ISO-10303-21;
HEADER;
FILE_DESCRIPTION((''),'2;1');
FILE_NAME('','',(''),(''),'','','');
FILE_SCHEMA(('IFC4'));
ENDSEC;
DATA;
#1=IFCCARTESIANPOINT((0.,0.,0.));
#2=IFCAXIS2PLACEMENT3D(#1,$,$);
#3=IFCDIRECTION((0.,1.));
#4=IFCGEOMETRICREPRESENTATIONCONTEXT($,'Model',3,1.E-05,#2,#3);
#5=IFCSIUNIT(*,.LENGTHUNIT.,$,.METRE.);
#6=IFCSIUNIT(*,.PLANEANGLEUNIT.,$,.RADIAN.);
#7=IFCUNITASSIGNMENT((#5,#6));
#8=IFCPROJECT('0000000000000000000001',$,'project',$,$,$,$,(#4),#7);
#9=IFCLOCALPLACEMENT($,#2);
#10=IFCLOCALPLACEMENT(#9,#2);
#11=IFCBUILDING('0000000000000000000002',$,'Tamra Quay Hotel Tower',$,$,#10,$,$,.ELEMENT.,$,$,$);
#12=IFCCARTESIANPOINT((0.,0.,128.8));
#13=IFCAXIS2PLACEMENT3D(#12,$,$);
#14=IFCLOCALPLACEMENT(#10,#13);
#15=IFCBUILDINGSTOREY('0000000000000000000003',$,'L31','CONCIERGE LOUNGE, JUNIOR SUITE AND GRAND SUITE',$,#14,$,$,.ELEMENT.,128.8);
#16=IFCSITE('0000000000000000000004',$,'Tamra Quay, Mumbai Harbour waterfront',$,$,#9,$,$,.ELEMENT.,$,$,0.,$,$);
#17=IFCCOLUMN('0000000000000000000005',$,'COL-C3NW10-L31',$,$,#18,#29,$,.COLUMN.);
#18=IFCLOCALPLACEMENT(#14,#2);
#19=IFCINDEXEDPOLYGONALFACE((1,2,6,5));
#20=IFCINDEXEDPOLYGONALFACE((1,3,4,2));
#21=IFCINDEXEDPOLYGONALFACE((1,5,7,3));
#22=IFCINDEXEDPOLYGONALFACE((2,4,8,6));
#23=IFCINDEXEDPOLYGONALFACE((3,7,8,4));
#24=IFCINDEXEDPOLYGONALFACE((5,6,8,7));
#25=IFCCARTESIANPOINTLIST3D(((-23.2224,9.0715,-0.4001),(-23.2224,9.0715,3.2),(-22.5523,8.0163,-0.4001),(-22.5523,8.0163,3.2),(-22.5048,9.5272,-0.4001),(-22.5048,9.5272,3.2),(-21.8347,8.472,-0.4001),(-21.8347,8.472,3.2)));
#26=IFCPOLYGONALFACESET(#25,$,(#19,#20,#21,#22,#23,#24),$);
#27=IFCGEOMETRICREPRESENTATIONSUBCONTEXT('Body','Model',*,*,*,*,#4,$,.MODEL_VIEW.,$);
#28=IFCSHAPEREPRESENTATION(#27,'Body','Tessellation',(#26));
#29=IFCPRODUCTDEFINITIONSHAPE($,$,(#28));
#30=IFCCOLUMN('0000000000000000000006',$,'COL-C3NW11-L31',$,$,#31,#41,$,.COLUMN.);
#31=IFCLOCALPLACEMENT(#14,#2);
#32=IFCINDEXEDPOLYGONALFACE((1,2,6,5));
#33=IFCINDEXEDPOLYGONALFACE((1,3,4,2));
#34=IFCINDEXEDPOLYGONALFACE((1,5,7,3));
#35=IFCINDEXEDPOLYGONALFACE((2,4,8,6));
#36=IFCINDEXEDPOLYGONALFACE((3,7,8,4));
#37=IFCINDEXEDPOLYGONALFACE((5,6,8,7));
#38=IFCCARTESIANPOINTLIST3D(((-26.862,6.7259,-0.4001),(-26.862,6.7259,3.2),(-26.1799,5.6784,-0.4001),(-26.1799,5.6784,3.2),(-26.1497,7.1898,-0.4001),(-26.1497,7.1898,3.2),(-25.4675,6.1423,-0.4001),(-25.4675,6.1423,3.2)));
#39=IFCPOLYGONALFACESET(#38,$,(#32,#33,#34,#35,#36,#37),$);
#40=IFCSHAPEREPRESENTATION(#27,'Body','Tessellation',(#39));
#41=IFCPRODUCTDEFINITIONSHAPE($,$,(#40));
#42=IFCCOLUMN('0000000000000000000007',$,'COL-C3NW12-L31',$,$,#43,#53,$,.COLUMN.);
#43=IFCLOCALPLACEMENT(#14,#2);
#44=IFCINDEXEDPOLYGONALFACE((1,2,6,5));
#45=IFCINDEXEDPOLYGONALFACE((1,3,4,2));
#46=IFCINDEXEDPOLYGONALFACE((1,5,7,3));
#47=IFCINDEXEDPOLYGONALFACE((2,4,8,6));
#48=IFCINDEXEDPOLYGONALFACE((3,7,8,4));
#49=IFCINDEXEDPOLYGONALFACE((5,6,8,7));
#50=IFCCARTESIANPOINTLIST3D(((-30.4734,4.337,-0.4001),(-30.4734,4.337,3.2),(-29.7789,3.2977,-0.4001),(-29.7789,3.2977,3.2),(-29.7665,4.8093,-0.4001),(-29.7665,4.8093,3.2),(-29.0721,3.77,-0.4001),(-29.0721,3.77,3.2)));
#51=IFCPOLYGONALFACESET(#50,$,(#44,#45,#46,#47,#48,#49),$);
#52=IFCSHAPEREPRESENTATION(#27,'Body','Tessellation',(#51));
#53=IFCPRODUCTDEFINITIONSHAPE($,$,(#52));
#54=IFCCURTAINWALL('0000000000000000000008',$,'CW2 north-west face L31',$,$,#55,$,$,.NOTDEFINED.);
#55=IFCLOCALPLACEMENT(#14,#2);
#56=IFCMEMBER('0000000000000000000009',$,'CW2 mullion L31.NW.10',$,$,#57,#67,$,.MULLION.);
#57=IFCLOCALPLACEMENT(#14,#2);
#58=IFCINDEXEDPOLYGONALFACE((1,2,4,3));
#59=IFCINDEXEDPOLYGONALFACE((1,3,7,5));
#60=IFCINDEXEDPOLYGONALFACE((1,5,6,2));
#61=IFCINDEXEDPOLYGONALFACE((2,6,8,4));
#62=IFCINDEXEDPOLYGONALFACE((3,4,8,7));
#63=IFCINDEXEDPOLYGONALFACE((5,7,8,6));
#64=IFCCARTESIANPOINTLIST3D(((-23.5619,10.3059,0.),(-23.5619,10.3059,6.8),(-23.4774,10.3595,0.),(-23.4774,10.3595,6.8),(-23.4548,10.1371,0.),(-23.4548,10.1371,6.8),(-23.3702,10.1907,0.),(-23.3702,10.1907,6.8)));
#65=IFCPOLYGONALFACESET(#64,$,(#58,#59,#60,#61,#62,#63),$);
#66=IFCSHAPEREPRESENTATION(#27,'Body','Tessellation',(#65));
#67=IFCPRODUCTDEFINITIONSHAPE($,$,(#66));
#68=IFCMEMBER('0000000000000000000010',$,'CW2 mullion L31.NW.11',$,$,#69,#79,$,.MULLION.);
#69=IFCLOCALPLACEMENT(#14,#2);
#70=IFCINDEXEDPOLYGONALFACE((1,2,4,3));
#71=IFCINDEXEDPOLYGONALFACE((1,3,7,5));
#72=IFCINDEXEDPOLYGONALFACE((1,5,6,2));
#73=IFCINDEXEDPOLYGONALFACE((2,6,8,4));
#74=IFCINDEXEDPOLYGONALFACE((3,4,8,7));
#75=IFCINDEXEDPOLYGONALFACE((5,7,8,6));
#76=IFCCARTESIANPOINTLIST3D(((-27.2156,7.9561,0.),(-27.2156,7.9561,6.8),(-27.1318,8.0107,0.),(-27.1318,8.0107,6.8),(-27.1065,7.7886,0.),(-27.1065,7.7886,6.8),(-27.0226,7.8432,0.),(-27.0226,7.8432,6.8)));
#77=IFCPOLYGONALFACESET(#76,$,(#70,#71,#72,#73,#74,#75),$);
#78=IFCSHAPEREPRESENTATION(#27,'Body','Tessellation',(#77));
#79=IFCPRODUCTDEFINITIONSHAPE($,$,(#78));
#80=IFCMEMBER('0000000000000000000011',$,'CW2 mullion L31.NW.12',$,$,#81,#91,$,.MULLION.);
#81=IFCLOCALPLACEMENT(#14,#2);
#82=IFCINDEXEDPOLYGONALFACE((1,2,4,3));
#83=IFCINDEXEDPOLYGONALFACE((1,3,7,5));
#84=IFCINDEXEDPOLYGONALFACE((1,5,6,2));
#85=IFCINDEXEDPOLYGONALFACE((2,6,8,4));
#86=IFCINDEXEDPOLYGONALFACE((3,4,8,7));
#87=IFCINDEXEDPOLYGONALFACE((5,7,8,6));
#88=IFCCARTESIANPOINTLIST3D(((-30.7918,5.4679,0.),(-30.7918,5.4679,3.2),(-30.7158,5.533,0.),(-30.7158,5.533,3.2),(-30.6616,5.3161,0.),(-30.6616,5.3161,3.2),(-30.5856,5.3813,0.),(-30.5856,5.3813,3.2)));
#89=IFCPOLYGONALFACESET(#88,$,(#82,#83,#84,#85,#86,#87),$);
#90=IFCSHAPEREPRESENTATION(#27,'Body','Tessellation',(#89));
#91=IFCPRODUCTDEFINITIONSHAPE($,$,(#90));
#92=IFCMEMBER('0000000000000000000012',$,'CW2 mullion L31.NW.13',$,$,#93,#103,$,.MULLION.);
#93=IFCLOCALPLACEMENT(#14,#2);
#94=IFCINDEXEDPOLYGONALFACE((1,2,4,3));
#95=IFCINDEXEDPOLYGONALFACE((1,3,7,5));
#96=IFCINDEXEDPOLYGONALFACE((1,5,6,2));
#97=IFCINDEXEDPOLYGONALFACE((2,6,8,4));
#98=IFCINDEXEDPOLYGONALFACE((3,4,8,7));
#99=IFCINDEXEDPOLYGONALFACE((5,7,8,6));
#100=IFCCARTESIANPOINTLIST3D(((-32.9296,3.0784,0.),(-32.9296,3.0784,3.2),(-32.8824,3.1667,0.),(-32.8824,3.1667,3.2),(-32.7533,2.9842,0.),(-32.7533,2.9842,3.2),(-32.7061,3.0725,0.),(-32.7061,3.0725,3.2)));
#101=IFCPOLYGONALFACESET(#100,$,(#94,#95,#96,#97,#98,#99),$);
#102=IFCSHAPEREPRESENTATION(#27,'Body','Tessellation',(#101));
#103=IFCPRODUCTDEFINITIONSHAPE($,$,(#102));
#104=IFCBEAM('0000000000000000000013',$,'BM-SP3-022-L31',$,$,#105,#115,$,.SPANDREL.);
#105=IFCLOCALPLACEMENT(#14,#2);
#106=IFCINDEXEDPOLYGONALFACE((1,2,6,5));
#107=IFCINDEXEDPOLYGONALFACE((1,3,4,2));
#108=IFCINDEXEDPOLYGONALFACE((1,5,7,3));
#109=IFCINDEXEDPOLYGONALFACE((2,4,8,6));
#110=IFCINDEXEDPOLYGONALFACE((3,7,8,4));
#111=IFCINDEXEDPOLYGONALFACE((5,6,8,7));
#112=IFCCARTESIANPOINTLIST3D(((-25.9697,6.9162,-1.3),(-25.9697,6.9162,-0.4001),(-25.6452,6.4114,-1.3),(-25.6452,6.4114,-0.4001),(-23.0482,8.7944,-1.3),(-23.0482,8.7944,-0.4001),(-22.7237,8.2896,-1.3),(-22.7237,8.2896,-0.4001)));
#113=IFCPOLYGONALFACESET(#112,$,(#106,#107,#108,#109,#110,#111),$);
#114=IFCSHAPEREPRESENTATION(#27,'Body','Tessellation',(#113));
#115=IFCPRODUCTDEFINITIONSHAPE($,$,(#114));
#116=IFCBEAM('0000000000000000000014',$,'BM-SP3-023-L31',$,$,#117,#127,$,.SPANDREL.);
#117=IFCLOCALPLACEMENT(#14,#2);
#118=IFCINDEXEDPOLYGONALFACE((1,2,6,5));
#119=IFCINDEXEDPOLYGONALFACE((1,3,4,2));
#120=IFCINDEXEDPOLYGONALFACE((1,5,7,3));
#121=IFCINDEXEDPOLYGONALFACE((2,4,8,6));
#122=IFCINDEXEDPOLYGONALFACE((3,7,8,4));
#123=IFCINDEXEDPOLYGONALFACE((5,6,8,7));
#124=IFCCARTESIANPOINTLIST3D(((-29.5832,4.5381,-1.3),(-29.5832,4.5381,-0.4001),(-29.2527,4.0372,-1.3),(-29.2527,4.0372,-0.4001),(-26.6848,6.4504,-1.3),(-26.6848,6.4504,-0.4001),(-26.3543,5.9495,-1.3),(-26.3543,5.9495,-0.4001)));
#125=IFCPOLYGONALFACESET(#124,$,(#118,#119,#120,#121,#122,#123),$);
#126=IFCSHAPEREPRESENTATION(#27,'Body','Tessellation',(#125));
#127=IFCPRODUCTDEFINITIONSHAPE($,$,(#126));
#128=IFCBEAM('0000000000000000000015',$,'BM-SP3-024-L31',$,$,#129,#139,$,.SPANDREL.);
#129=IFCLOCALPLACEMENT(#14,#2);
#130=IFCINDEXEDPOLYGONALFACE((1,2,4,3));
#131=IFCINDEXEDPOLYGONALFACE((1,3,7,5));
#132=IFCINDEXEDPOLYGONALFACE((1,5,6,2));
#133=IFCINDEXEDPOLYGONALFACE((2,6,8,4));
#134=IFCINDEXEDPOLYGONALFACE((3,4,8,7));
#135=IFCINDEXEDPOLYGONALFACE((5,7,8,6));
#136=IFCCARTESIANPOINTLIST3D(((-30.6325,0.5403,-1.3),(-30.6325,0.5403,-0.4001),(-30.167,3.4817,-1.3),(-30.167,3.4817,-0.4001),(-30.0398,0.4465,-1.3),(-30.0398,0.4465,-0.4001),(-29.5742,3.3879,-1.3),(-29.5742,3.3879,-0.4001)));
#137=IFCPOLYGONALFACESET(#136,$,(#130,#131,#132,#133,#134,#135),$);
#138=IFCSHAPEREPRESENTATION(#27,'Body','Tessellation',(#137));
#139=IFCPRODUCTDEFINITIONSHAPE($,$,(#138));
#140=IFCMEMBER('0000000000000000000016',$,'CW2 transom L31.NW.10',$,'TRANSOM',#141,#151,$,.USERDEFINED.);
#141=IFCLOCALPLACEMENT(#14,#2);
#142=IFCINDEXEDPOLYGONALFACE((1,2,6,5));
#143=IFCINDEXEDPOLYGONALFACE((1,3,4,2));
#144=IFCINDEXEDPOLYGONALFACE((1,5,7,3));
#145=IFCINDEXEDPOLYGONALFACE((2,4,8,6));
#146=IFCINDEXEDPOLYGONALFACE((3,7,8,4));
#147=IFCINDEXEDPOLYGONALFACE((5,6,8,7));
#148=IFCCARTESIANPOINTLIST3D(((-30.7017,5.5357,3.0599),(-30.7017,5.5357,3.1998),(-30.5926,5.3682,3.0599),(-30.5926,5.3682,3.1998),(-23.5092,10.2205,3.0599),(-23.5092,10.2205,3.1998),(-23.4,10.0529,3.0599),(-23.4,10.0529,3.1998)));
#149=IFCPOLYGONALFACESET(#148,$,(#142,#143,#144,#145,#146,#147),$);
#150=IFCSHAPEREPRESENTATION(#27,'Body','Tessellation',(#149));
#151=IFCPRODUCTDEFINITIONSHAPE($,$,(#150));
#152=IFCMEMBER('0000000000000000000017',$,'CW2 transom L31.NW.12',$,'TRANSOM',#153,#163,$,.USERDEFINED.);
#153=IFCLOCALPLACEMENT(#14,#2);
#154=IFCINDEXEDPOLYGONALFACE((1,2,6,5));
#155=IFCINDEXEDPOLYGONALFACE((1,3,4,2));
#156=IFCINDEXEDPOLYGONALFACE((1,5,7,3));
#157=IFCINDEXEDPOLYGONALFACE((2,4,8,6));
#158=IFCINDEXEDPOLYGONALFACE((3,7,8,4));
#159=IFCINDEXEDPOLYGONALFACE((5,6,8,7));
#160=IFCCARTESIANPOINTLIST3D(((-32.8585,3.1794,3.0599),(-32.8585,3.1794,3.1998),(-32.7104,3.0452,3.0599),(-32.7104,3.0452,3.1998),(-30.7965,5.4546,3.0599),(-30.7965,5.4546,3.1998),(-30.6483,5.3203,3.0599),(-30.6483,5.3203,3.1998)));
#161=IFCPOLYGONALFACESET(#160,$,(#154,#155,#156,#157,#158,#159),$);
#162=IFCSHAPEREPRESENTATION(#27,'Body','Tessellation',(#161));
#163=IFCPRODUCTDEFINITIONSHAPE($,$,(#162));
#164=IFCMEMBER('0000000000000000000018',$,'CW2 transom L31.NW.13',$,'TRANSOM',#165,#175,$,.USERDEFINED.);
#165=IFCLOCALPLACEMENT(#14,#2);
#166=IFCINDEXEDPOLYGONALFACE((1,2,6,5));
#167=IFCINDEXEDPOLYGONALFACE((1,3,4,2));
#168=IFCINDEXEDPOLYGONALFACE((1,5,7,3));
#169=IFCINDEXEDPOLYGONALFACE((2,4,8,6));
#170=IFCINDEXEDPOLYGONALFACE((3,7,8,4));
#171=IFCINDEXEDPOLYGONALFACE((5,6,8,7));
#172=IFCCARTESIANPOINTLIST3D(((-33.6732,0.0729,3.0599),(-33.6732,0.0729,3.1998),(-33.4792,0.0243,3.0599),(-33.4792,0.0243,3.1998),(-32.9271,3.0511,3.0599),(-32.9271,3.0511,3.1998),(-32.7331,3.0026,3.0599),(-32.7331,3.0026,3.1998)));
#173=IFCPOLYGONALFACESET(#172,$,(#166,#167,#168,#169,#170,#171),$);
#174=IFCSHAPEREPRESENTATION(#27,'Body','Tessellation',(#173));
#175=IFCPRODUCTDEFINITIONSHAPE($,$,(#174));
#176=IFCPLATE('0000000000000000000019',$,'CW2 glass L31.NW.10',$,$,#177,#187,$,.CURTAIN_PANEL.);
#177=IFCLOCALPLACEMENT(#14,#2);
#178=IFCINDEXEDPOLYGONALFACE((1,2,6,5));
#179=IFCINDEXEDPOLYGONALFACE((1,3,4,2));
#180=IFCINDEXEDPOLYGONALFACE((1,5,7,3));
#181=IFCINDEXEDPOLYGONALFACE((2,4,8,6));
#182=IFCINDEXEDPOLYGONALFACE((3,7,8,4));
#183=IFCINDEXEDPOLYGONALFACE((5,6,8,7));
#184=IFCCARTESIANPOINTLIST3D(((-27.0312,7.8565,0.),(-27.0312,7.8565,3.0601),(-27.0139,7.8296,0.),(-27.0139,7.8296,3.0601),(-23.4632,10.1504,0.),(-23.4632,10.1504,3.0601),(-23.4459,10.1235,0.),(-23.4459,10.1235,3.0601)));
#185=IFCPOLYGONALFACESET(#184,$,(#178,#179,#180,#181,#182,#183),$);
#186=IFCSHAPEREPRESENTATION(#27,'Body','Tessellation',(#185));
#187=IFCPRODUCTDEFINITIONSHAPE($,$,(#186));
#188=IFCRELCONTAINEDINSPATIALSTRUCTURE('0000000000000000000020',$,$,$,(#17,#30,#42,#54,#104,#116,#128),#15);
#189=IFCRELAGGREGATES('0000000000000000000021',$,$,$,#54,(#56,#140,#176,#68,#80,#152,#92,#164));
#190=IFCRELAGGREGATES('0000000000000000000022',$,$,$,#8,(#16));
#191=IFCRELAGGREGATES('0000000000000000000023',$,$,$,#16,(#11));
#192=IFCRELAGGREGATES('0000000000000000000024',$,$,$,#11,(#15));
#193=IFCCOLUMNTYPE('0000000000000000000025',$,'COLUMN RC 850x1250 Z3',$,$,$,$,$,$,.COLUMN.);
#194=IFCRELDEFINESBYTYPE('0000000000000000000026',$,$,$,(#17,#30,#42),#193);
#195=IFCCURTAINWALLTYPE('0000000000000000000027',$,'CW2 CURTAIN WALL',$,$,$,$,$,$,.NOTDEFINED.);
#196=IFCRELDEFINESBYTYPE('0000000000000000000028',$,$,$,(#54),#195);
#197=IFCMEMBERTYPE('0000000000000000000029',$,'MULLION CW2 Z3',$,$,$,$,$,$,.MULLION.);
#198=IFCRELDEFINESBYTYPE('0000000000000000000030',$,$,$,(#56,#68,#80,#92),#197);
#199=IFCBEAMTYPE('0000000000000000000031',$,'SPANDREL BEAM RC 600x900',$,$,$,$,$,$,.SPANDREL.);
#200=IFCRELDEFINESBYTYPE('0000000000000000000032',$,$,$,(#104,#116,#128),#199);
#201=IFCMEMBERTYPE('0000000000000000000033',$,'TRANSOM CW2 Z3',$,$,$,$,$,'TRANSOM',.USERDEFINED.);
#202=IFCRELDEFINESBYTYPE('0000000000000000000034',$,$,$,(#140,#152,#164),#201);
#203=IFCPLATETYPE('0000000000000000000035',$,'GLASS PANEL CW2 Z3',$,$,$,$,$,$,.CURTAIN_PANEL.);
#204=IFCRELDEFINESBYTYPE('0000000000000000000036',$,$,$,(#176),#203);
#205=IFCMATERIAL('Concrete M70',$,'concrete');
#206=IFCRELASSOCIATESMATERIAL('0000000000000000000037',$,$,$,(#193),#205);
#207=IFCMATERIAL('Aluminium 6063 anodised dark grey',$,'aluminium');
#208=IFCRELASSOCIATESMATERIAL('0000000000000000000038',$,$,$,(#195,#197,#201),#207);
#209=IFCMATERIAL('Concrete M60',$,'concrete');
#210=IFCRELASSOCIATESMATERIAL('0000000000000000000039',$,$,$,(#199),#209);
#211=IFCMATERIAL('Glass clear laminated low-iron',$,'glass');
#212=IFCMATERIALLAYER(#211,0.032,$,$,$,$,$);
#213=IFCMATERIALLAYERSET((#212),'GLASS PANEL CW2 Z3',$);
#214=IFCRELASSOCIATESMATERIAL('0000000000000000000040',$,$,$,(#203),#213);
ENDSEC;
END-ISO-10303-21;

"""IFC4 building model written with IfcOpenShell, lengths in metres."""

from ifc_helpers import new_model, si_unit, direction, frame, origin, origin_2d, place, context, subcontext, project, spatial, rectangle, extrude, material, layer, layer_set, material_profile, profile_set, type_object, element, aggregate, save


model = new_model("IFC4")

# Units and contexts
model_context = context("Model", 3, precision=1e-05, world=origin(), true_north=direction((0.0, 1.0)))
body_context = subcontext(model_context, "Body", "Model", "MODEL_VIEW")
ifc_project = project(units=[si_unit("LENGTHUNIT", "METRE"), si_unit("PLANEANGLEUNIT", "RADIAN")], contexts=[model_context])

# Site, building, storey
site_placement = place(None, origin())
site = spatial("IfcSite", under=ifc_project, at=site_placement, Name="Tamra Quay, Mumbai Harbour waterfront", CompositionType="ELEMENT", RefElevation=0.0)
building_placement = place(site_placement, origin())
building = spatial("IfcBuilding", under=site, at=building_placement, Name="Tamra Quay Hotel Tower", CompositionType="ELEMENT")
storey_placement = place(building_placement, frame((0.0, 0.0, 128.8)))
storey = spatial("IfcBuildingStorey", under=building, at=storey_placement, Name="L31", Description="CONCIERGE LOUNGE, JUNIOR SUITE AND GRAND SUITE", CompositionType="ELEMENT", Elevation=128.8)

# Columns
ifc_material_1 = material(Name="Concrete M70", Category="concrete")
ifc_material_profile_1 = material_profile(ifc_material_1, rectangle(XDim=1.25, YDim=0.8501, at=origin_2d()), Name="COLUMN RC 850x1250 Z3")
ifc_profile_set_1 = profile_set([ifc_material_profile_1], Name="Concrete M70")
column_type = type_object("IfcColumnType", Name="COLUMN RC 850x1250 Z3", PredefinedType="COLUMN", material=ifc_profile_set_1)
for number, where, z_axis, x_axis, name in (
    (1, (-22.5286, 8.7717, -0.4001), (0.0, 0.0, 1.0), (-0.536102, 0.844153, 0.0), "COL-C3NW10-L31"),
    (2, (-26.1648, 6.4341, -0.4001), (0.0, 0.0, 1.0), (-0.545703, 0.837979, 0.0), "COL-C3NW11-L31"),
    (3, (-29.7727, 4.0535, -0.4001), (0.0, 0.0, 1.0), (-0.555583, 0.831461, 0.0), "COL-C3NW12-L31"),
):
    element("IfcColumn", number, at=place(storey_placement, frame(where, z_axis=z_axis, x_axis=x_axis)), inside=storey, type_object=column_type, Name=name, PredefinedType="COLUMN", context=body_context, shape_type="SweptSolid", body=[
        extrude(rectangle(XDim=1.25, YDim=0.8501, at=origin_2d()), origin(), (0.0, 0.0, 1.0), 3.6001),
    ])

# Curtain wall, members
ifc_material_2 = material(Name="Aluminium 6063 anodised dark grey", Category="aluminium")
curtain_wall_type = type_object("IfcCurtainWallType", Name="CW2 CURTAIN WALL", PredefinedType="NOTDEFINED", material=ifc_material_2)
curtain_wall_placement = place(storey_placement, origin())
curtain_wall = element("IfcCurtainWall", 4, at=curtain_wall_placement, inside=storey, type_object=curtain_wall_type, Name="CW2 north-west face L31", PredefinedType="NOTDEFINED")
ifc_material_profile_2 = material_profile(ifc_material_2, rectangle(XDim=0.2, YDim=0.1001, at=origin_2d()), Name="MULLION 100X200")
ifc_profile_set_2 = profile_set([ifc_material_profile_2], Name="Aluminium 6063 anodised dark grey")
member_type_1 = type_object("IfcMemberType", Name="MULLION CW2 Z3", PredefinedType="MULLION", material=ifc_profile_set_2)
member_1_placement = place(storey_placement, frame((-23.4661, 10.2483, 0.0), z_axis=(0.0, 0.0, 1.0), x_axis=(-0.53576, 0.84437, 0.0)))
member_1 = element("IfcMember", 5, at=member_1_placement, type_object=member_type_1, Name="CW2 mullion L31.NW.10", PredefinedType="MULLION", context=body_context, shape_type="SweptSolid", body=[
    extrude(rectangle(XDim=0.2, YDim=0.1001, at=origin_2d()), origin(), (0.0, 0.0, 1.0), 6.8),
])
member_2_placement = place(storey_placement, frame((-27.1191, 7.8997, 0.0), z_axis=(0.0, 0.0, 1.0), x_axis=(-0.54578, 0.837928, 0.0)))
member_2 = element("IfcMember", 6, at=member_2_placement, type_object=member_type_1, Name="CW2 mullion L31.NW.11", PredefinedType="MULLION", context=body_context, shape_type="SweptSolid", body=[
    extrude(rectangle(XDim=0.2, YDim=0.1001, at=origin_2d()), origin(), (0.0, 0.0, 1.0), 6.8),
])
member_3_placement = place(storey_placement, frame((-30.6887, 5.4246, 0.0), z_axis=(0.0, 0.0, 1.0), x_axis=(-0.650989, 0.759087, 0.0)))
member_3 = element("IfcMember", 7, at=member_3_placement, type_object=member_type_1, Name="CW2 mullion L31.NW.12", PredefinedType="MULLION", context=body_context, shape_type="SweptSolid", body=[
    extrude(rectangle(XDim=0.2, YDim=0.1001, at=origin_2d()), origin(), (0.0, 0.0, 1.0), 3.2),
])
member_4_placement = place(storey_placement, frame((-32.8179, 3.0754, 0.0), z_axis=(0.0, 0.0, 1.0), x_axis=(-0.881925, 0.471389, 0.0)))
member_4 = element("IfcMember", 8, at=member_4_placement, type_object=member_type_1, Name="CW2 mullion L31.NW.13", PredefinedType="MULLION", context=body_context, shape_type="SweptSolid", body=[
    extrude(rectangle(XDim=0.2, YDim=0.1001, at=origin_2d()), origin(), (0.0, 0.0, 1.0), 3.2),
])

# Beams
ifc_material_3 = material(Name="Concrete M60", Category="concrete")
ifc_material_profile_3 = material_profile(ifc_material_3, rectangle(XDim=0.6001, YDim=0.8999, at=origin_2d()), Name="SPANDREL BEAM RC 600x900")
ifc_profile_set_3 = profile_set([ifc_material_profile_3], Name="Concrete M60")
beam_type = type_object("IfcBeamType", Name="SPANDREL BEAM RC 600x900", PredefinedType="SPANDREL", material=ifc_profile_set_3)
beam_1_placement = place(storey_placement, frame((-22.886, 8.542, -0.8501), z_axis=(-0.84116, -0.540786, 0.0), x_axis=(0.540786, -0.84116, 0.0)))
element("IfcBeam", 9, at=beam_1_placement, inside=storey, type_object=beam_type, Name="BM-SP3-022-L31", PredefinedType="SPANDREL", context=body_context, shape_type="SweptSolid", body=[
    extrude(rectangle(XDim=0.6001, YDim=0.8999, at=origin_2d()), origin(), (0.0, 0.0, 1.0), 3.4731),
])
beam_2_placement = place(storey_placement, frame((-26.5195, 6.2, -0.8501), z_axis=(-0.834691, -0.550719, 0.0), x_axis=(0.550719, -0.834691, 0.0)))
element("IfcBeam", 10, at=beam_2_placement, inside=storey, type_object=beam_type, Name="BM-SP3-023-L31", PredefinedType="SPANDREL", context=body_context, shape_type="SweptSolid", body=[
    extrude(rectangle(XDim=0.6001, YDim=0.8999, at=origin_2d()), origin(), (0.0, 0.0, 1.0), 3.4724),
])
beam_3_placement = place(storey_placement, frame((-29.8706, 3.4348, -0.8501), z_axis=(-0.156337, -0.987704, 0.0), x_axis=(0.987704, -0.156337, 0.0)))
element("IfcBeam", 11, at=beam_3_placement, inside=storey, type_object=beam_type, Name="BM-SP3-024-L31", PredefinedType="SPANDREL", context=body_context, shape_type="SweptSolid", body=[
    extrude(rectangle(XDim=0.6001, YDim=0.8999, at=origin_2d()), origin(), (0.0, 0.0, 1.0), 2.978),
])

# Members
ifc_material_profile_4 = material_profile(ifc_material_2, rectangle(XDim=0.2, YDim=0.1399, at=origin_2d()), Name="TRANSOM 200X140")
ifc_profile_set_4 = profile_set([ifc_material_profile_4], Name="Aluminium 6063 anodised dark grey")
member_type_2 = type_object("IfcMemberType", Name="TRANSOM CW2 Z3", ElementType="TRANSOM", PredefinedType="USERDEFINED", material=ifc_profile_set_4)
member_5_placement = place(storey_placement, frame((-23.4546, 10.1367, 3.1299), z_axis=(-0.837932, -0.545775, 0.0), x_axis=(0.545775, -0.837932, 0.0)))
member_5 = element("IfcMember", 12, at=member_5_placement, type_object=member_type_2, Name="CW2 transom L31.NW.10", ObjectType="TRANSOM", PredefinedType="USERDEFINED", context=body_context, shape_type="SweptSolid", body=[
    extrude(rectangle(XDim=0.2, YDim=0.1399, at=origin_2d()), origin(), (0.0, 0.0, 1.0), 8.5837),
])
member_6_placement = place(storey_placement, frame((-30.7224, 5.3875, 3.1299), z_axis=(-0.671548, -0.740961, 0.0), x_axis=(0.740961, -0.671548, 0.0)))
member_6 = element("IfcMember", 13, at=member_6_placement, type_object=member_type_2, Name="CW2 transom L31.NW.12", ObjectType="TRANSOM", PredefinedType="USERDEFINED", context=body_context, shape_type="SweptSolid", body=[
    extrude(rectangle(XDim=0.2, YDim=0.1399, at=origin_2d()), origin(), (0.0, 0.0, 1.0), 3.0706),
])
member_7_placement = place(storey_placement, frame((-32.8301, 3.0269, 3.1299), z_axis=(-0.243003, -0.970025, 0.0), x_axis=(0.970025, -0.243003, 0.0)))
member_7 = element("IfcMember", 14, at=member_7_placement, type_object=member_type_2, Name="CW2 transom L31.NW.13", ObjectType="TRANSOM", PredefinedType="USERDEFINED", context=body_context, shape_type="SweptSolid", body=[
    extrude(rectangle(XDim=0.2, YDim=0.1399, at=origin_2d()), origin(), (0.0, 0.0, 1.0), 3.0703),
])

# Plate
ifc_material_4 = material(Name="Glass clear laminated low-iron", Category="glass")
ifc_layer_1 = layer(ifc_material_4, 0.032)
ifc_layer_set_1 = layer_set([ifc_layer_1], Name="GLASS PANEL CW2 Z3")
plate_type = type_object("IfcPlateType", Name="GLASS PANEL CW2 Z3", PredefinedType="CURTAIN_PANEL", material=ifc_layer_set_1)
plate_1_placement = place(storey_placement, frame((-25.2385, 8.99, 0.0), z_axis=(0.0, 0.0, 1.0), x_axis=(-0.841164, -0.54078, 0.0)))
plate_1 = element("IfcPlate", 15, at=plate_1_placement, type_object=plate_type, Name="CW2 glass L31.NW.10", PredefinedType="CURTAIN_PANEL", context=body_context, shape_type="SweptSolid", body=[
    extrude(rectangle(XDim=4.2417, YDim=0.032, at=origin_2d()), origin(), (0.0, 0.0, 1.0), 3.0601),
])
aggregate(curtain_wall, [member_1, member_5, plate_1, member_2, member_3, member_6, member_4, member_7])

save(model, "model.ifc")
